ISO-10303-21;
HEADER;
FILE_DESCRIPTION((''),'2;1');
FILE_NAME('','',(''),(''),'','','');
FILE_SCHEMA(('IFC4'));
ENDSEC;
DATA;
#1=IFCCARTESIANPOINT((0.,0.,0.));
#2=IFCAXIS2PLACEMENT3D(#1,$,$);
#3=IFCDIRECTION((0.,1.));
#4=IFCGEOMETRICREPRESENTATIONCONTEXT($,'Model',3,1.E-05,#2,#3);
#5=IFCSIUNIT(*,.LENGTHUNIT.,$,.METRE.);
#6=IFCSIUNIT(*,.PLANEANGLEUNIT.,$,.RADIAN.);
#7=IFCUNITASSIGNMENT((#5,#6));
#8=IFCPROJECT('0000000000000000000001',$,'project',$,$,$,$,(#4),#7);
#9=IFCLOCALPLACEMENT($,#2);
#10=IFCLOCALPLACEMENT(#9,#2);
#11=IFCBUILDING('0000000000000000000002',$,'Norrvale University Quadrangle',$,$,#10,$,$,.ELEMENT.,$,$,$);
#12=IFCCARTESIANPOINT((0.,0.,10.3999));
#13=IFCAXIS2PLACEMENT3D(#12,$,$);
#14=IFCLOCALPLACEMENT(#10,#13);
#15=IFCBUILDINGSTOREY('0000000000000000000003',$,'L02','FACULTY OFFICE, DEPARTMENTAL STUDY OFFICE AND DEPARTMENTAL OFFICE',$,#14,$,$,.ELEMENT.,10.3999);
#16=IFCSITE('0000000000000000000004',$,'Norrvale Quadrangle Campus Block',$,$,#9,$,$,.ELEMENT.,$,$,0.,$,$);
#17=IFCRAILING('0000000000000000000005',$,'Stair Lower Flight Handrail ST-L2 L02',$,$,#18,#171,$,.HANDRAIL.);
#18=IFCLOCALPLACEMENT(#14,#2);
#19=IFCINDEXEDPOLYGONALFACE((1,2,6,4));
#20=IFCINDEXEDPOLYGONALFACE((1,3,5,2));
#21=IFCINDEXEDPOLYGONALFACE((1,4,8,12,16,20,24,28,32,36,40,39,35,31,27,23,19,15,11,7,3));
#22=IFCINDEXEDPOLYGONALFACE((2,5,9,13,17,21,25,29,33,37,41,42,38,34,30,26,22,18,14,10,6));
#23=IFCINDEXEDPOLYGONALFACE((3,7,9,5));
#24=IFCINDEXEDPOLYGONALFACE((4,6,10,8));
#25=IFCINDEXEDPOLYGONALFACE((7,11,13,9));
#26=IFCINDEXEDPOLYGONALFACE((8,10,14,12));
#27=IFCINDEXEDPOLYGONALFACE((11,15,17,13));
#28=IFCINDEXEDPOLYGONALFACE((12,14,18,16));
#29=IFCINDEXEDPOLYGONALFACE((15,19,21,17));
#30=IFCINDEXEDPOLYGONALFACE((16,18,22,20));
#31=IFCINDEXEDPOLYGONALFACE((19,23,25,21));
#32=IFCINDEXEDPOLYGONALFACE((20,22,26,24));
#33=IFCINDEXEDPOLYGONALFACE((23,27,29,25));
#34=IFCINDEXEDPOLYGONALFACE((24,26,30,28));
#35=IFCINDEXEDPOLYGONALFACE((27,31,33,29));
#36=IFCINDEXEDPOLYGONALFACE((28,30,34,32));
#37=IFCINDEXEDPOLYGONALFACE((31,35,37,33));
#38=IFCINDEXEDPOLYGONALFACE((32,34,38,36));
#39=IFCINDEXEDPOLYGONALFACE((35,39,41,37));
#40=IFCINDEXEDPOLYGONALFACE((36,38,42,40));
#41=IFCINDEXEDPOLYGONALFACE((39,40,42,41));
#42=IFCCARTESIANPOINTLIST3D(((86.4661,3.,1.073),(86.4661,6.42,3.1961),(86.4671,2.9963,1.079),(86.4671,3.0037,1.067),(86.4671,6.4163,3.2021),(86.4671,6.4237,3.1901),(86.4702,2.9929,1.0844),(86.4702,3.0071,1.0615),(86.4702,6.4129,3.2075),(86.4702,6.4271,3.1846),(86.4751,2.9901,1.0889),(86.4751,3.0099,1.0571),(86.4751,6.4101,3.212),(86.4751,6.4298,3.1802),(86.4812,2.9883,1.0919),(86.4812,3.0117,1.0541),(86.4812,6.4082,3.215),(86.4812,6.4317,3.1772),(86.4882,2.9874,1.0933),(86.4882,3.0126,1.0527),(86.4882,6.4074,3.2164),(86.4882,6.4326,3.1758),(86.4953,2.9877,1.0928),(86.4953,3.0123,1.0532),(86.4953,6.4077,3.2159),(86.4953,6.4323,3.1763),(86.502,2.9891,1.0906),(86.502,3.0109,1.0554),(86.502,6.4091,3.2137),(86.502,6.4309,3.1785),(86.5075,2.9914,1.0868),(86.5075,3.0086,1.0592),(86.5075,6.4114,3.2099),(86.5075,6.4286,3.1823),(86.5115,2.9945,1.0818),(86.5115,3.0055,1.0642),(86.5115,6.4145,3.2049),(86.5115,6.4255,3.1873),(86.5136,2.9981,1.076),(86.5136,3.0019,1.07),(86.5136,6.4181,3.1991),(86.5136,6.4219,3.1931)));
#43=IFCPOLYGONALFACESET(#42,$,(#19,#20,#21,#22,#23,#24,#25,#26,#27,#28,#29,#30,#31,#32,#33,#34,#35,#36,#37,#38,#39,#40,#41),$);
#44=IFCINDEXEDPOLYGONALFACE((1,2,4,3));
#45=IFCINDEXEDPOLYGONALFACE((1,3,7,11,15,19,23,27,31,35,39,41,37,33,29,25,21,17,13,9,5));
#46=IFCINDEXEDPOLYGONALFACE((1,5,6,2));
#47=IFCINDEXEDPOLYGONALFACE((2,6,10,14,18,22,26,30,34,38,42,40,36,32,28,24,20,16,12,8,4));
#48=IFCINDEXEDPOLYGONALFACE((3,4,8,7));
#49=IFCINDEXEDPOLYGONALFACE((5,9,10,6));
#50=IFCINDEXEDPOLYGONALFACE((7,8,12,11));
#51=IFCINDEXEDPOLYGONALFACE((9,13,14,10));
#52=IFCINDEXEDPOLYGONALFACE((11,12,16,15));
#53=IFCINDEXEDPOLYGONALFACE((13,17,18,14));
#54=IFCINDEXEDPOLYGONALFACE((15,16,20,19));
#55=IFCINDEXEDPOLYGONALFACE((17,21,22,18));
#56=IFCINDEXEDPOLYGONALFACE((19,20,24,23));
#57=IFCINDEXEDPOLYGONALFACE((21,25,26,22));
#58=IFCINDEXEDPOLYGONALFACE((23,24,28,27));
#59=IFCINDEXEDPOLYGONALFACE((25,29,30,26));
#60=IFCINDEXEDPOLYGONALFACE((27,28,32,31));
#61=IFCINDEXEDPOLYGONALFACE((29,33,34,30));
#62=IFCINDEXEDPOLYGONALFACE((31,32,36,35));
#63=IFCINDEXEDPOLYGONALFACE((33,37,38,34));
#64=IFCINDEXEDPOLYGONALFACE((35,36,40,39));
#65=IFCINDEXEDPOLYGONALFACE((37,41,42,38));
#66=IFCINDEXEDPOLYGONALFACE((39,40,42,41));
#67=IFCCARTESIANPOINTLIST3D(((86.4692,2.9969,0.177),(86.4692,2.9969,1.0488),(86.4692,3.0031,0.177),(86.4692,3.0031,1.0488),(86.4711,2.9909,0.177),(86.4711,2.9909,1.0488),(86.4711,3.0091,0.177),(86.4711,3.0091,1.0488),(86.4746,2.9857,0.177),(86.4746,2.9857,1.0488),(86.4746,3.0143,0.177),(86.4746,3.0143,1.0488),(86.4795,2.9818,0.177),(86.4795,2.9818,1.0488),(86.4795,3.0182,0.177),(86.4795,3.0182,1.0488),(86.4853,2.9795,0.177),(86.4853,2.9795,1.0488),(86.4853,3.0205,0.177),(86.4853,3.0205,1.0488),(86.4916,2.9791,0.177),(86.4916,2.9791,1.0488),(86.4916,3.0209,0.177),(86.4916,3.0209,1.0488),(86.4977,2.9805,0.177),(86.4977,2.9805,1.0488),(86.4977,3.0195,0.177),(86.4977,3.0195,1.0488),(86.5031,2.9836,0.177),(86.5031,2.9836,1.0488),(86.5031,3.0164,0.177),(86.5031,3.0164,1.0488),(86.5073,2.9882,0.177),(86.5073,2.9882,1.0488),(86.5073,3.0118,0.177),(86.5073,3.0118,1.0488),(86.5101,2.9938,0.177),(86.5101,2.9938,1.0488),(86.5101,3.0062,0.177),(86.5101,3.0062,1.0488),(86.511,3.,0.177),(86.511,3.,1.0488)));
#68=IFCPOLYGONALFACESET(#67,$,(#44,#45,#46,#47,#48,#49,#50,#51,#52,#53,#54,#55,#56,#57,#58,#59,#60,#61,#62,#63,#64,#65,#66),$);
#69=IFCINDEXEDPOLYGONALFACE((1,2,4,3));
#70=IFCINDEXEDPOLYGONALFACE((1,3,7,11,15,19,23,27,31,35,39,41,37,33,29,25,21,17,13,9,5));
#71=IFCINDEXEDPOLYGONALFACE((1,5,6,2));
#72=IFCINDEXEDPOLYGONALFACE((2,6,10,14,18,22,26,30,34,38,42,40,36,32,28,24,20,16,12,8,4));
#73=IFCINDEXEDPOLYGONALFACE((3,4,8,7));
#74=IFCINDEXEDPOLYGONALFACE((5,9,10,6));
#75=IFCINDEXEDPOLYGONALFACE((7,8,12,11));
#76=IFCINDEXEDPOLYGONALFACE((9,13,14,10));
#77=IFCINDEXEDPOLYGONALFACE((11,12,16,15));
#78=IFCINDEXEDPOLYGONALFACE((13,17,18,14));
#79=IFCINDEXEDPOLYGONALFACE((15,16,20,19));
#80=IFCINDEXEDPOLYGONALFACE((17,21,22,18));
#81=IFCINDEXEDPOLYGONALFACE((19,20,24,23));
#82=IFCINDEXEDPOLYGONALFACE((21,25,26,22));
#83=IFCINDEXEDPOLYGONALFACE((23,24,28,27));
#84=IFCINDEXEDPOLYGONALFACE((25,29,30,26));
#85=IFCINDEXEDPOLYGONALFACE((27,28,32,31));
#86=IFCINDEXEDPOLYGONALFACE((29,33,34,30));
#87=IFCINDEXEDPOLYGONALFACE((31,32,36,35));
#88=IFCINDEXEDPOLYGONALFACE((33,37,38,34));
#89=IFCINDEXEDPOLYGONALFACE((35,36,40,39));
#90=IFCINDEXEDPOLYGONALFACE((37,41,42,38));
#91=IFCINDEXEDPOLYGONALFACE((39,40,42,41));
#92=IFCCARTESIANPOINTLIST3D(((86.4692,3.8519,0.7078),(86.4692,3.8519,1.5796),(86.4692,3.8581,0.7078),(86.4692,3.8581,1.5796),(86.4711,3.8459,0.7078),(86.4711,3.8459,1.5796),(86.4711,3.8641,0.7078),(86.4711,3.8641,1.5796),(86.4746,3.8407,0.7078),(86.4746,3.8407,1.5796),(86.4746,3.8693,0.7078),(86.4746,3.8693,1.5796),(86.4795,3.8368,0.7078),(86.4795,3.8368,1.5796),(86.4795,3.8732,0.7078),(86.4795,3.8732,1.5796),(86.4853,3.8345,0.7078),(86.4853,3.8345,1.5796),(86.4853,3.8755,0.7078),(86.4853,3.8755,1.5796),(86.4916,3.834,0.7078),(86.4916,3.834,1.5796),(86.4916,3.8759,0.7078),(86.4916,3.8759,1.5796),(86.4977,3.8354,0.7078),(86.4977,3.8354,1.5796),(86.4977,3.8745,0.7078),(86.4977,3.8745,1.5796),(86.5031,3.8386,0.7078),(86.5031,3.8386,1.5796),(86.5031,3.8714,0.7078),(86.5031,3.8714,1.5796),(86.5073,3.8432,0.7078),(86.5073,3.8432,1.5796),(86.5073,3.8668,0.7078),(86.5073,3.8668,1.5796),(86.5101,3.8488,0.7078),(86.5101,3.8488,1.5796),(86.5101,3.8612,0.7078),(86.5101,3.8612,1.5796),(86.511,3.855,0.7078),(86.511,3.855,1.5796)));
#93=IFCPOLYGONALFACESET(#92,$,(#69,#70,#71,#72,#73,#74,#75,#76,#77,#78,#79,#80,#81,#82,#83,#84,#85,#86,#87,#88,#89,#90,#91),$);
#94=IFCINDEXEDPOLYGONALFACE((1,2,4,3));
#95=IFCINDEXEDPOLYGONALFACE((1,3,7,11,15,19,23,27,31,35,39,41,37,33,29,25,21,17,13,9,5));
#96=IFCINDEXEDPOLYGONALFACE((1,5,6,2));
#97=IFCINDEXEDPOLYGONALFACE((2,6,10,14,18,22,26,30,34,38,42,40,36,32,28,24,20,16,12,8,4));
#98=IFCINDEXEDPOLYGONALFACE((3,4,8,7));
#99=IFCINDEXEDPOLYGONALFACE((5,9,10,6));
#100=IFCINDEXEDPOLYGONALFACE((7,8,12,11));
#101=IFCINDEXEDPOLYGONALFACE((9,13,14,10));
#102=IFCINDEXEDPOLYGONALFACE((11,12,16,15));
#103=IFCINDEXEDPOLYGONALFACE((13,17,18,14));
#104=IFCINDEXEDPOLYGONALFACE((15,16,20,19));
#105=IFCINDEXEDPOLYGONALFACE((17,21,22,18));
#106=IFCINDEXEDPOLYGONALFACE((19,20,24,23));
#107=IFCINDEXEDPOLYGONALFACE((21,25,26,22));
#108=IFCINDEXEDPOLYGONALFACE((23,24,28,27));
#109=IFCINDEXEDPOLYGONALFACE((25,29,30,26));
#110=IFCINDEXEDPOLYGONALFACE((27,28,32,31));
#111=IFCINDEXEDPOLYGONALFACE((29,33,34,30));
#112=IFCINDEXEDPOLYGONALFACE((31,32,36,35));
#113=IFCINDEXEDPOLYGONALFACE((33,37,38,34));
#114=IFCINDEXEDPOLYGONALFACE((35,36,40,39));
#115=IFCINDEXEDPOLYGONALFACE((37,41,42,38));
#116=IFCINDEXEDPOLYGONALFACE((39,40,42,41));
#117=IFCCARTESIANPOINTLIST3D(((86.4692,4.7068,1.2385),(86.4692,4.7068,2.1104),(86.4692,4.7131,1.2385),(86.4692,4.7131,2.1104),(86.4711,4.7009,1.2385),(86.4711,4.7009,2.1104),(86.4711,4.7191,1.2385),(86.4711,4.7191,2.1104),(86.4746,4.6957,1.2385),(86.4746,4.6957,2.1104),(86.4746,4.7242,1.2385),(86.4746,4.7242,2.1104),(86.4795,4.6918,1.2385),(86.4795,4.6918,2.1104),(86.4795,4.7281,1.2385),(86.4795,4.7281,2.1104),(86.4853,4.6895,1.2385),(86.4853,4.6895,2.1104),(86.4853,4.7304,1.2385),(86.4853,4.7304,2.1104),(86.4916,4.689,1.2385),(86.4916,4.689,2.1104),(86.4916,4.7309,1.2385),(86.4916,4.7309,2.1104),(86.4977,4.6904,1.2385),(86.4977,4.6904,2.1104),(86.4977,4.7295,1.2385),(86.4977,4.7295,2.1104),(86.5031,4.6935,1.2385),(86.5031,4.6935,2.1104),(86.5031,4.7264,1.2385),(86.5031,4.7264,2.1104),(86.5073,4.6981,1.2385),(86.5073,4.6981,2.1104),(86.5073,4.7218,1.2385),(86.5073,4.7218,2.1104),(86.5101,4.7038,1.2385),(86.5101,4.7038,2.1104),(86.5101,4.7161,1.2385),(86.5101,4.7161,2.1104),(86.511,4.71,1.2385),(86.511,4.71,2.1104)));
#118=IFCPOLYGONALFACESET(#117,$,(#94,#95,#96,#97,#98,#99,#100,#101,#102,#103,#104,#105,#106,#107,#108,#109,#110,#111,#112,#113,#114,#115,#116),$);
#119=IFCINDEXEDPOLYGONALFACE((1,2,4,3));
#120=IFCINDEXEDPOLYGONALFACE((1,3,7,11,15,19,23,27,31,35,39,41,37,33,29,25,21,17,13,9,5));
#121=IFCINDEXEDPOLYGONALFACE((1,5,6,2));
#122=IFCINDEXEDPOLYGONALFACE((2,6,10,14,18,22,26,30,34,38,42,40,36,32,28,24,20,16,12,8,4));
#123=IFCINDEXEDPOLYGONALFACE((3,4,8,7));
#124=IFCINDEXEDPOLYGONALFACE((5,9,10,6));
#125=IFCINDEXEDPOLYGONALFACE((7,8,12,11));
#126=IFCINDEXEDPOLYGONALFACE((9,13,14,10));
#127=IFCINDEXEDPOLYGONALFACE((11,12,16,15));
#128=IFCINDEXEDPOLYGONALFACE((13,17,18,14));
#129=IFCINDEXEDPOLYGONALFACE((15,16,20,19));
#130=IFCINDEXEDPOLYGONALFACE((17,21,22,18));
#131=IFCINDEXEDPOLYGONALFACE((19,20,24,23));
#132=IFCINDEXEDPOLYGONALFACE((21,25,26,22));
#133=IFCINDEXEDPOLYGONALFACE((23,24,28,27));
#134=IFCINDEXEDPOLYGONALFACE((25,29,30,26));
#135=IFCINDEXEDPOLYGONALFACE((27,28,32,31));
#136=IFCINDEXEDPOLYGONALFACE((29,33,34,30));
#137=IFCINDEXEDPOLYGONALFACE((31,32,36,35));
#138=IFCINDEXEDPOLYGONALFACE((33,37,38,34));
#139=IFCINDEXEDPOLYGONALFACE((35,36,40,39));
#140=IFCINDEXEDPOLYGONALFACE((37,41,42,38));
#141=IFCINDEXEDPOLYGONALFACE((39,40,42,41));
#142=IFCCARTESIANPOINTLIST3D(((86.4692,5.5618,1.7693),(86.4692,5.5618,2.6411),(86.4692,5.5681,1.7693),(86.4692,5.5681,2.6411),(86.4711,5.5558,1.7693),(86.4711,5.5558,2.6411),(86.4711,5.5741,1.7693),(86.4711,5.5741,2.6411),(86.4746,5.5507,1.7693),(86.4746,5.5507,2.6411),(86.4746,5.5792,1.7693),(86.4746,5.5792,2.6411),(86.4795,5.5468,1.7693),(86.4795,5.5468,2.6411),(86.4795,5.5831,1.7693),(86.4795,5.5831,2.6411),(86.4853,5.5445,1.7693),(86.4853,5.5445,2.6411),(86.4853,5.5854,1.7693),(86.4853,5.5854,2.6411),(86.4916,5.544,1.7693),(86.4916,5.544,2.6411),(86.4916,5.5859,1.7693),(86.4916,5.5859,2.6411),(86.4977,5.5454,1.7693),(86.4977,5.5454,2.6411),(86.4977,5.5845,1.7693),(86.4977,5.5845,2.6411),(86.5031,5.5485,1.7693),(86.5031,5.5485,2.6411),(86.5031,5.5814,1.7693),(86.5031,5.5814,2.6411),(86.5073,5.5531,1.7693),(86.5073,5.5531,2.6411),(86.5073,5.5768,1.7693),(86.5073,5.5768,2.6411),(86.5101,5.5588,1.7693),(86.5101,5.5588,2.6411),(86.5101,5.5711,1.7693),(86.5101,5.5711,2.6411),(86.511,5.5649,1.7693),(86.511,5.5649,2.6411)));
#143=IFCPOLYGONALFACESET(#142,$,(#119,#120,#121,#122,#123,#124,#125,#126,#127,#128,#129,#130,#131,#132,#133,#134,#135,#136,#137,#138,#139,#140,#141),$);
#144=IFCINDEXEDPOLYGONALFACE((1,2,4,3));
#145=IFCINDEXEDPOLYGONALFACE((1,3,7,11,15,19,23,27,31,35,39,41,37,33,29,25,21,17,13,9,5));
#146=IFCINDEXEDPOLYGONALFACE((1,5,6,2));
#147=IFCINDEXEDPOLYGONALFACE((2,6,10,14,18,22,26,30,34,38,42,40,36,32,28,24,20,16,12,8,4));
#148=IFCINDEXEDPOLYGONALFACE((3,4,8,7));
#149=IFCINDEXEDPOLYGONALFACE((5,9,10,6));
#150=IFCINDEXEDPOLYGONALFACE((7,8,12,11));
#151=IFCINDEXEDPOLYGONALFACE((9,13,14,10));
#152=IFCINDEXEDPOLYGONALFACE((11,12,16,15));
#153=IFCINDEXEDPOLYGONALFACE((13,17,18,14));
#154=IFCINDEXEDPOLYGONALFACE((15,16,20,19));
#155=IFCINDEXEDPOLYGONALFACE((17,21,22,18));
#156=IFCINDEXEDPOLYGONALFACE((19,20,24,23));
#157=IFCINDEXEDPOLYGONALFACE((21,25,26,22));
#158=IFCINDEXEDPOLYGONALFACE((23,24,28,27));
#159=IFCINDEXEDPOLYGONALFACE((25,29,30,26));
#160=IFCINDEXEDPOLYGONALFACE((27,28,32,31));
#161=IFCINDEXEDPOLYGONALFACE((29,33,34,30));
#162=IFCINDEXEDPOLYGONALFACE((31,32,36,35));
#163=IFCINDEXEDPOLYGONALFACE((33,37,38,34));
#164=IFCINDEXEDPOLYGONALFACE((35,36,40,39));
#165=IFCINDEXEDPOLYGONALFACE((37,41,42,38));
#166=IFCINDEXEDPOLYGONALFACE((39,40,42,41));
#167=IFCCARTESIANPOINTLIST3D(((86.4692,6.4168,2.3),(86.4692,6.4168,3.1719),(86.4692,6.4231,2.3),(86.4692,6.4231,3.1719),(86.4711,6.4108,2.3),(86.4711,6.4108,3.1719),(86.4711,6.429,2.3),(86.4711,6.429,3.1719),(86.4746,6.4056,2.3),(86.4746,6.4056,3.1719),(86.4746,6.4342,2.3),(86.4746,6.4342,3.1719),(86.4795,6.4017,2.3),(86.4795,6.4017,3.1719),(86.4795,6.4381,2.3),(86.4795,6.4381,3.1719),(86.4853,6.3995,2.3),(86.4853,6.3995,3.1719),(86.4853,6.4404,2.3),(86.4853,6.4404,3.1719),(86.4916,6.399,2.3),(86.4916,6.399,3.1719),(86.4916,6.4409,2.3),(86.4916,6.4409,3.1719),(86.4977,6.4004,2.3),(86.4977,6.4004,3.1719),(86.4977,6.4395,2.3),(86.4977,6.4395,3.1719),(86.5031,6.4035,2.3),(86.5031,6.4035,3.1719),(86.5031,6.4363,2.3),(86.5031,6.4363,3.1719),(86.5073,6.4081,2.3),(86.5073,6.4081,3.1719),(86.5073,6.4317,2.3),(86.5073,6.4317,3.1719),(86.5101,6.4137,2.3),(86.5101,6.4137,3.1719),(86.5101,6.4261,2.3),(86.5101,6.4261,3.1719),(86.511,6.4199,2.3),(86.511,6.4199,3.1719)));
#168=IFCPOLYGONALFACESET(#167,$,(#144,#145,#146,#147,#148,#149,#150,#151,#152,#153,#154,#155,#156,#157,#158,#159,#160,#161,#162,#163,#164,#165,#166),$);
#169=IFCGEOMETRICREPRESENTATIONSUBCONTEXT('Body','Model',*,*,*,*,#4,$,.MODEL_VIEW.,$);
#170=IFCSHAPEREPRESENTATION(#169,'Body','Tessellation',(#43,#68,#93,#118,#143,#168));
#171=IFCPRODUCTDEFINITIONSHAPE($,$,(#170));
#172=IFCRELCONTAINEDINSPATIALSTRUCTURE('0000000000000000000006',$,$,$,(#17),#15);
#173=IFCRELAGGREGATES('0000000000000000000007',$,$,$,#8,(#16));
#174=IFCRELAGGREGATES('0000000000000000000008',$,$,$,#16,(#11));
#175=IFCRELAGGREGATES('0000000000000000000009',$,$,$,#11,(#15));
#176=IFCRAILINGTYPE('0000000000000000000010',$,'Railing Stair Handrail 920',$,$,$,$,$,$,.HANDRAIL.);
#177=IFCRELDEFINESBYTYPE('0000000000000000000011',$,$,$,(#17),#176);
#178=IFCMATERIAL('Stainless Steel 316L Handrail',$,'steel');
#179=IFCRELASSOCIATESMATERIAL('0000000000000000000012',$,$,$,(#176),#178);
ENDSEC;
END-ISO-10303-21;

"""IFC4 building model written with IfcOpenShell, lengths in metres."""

from ifc_helpers import new_model, si_unit, direction, frame, origin, origin_2d, place, context, subcontext, project, spatial, circle, extrude, material, type_object, element, save


model = new_model("IFC4")

# Units and contexts
model_context = context("Model", 3, precision=1e-05, world=origin(), true_north=direction((0.0, 1.0)))
body_context = subcontext(model_context, "Body", "Model", "MODEL_VIEW")
ifc_project = project(units=[si_unit("LENGTHUNIT", "METRE"), si_unit("PLANEANGLEUNIT", "RADIAN")], contexts=[model_context])

# Site, building, storey
site_placement = place(None, origin())
site = spatial("IfcSite", under=ifc_project, at=site_placement, Name="Norrvale Quadrangle Campus Block", CompositionType="ELEMENT", RefElevation=0.0)
building_placement = place(site_placement, origin())
building = spatial("IfcBuilding", under=site, at=building_placement, Name="Norrvale University Quadrangle", CompositionType="ELEMENT")
storey_placement = place(building_placement, frame((0.0, 0.0, 10.3999)))
storey = spatial("IfcBuildingStorey", under=building, at=storey_placement, Name="L02", Description="FACULTY OFFICE, DEPARTMENTAL STUDY OFFICE AND DEPARTMENTAL OFFICE", CompositionType="ELEMENT", Elevation=10.3999)

# Railing
ifc_material_1 = material(Name="Stainless Steel 316L Handrail", Category="steel")
railing_type_1 = type_object("IfcRailingType", Name="Railing Stair Handrail 920", PredefinedType="HANDRAIL", material=ifc_material_1)
railing_1_placement = place(storey_placement, frame((86.49, 3.0, 0.177)))
element("IfcRailing", 1, at=railing_1_placement, inside=storey, type_object=railing_type_1, Name="Stair Lower Flight Handrail ST-L2 L02", PredefinedType="HANDRAIL", context=body_context, shape_type="SweptSolid", body=[
    extrude(circle(Radius=0.0239, at=origin_2d()), frame((0.0, 0.0, 0.896), z_axis=(0.0, 0.849603, 0.527423), x_axis=(-1.0, 0.0, 0.0)), (0.0, 0.0, 1.0), 4.0254),
    extrude(circle(Radius=0.021, at=origin_2d()), origin(), (0.0, 0.0, 1.0), 0.8718),
    extrude(circle(Radius=0.021, at=origin_2d()), frame((0.0, 0.855, 0.5308)), (0.0, 0.0, 1.0), 0.8718),
    extrude(circle(Radius=0.021, at=origin_2d()), frame((0.0, 1.71, 1.0615)), (0.0, 0.0, 1.0), 0.8718),
    extrude(circle(Radius=0.021, at=origin_2d()), frame((0.0, 2.5649, 1.5923)), (0.0, 0.0, 1.0), 0.8718),
    extrude(circle(Radius=0.021, at=origin_2d()), frame((0.0, 3.4199, 2.123)), (0.0, 0.0, 1.0), 0.8718),
])

save(model, "model.ifc")
